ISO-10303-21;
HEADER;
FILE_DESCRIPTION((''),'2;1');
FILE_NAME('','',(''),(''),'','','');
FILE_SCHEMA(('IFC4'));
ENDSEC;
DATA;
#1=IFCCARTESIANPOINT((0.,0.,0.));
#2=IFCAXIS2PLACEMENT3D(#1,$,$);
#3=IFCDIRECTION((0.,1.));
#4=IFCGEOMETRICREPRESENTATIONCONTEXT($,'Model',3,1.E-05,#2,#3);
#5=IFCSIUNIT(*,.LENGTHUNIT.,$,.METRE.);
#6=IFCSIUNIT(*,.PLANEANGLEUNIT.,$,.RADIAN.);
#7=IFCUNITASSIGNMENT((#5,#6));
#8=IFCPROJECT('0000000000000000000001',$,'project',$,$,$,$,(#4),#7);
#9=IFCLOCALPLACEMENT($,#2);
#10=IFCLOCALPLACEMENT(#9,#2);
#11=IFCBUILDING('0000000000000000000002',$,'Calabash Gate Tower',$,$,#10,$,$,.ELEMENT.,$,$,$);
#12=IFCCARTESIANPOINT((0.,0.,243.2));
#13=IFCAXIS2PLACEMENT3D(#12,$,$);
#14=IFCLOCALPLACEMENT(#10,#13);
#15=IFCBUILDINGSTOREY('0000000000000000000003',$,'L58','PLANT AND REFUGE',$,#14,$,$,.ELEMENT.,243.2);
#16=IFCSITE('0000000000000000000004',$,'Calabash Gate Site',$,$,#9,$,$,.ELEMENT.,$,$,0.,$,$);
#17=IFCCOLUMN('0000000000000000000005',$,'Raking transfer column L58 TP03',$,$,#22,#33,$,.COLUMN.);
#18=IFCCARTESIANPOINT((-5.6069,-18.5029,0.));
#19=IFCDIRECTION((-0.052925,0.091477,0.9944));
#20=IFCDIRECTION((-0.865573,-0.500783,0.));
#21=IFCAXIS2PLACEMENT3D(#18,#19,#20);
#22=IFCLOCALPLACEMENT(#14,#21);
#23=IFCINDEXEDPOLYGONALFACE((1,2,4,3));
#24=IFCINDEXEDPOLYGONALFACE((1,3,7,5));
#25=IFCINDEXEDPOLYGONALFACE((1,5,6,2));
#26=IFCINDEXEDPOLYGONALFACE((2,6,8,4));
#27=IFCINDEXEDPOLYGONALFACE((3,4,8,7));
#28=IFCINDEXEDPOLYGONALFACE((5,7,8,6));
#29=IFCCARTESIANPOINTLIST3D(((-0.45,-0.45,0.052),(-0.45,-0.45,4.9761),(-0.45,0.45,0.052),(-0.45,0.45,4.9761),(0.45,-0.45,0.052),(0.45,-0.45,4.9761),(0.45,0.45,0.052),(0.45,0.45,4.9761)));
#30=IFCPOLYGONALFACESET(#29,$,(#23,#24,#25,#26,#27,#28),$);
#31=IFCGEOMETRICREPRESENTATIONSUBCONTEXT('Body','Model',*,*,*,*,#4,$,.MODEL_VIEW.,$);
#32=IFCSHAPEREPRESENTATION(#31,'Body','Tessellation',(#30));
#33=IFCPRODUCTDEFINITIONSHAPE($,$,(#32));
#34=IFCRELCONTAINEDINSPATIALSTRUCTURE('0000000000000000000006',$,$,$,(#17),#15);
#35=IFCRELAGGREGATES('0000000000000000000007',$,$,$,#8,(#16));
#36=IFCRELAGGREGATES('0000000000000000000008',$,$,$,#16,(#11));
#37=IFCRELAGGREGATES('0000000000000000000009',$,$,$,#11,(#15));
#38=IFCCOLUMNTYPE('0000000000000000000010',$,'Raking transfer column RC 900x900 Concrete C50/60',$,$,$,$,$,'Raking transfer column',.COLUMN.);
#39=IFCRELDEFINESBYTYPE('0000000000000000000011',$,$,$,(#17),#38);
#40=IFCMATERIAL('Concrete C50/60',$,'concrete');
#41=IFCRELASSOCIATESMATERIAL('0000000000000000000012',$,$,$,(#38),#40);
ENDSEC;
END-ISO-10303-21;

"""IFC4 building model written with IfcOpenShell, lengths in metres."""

from ifc_helpers import new_model, si_unit, direction, frame, origin, origin_2d, place, context, subcontext, project, spatial, rectangle, extrude, clip, halfspace, material, material_profile, profile_set, type_object, element, save


model = new_model("IFC4")

# Units and contexts
model_context = context("Model", 3, precision=1e-05, world=origin(), true_north=direction((0.0, 1.0)))
body_context = subcontext(model_context, "Body", "Model", "MODEL_VIEW")
ifc_project = project(units=[si_unit("LENGTHUNIT", "METRE"), si_unit("PLANEANGLEUNIT", "RADIAN")], contexts=[model_context])

# Site, building, storey
site_placement = place(None, origin())
site = spatial("IfcSite", under=ifc_project, at=site_placement, Name="Calabash Gate Site", CompositionType="ELEMENT", RefElevation=0.0)
building_placement = place(site_placement, origin())
building = spatial("IfcBuilding", under=site, at=building_placement, Name="Calabash Gate Tower", CompositionType="ELEMENT")
storey_placement = place(building_placement, frame((0.0, 0.0, 243.2)))
storey = spatial("IfcBuildingStorey", under=building, at=storey_placement, Name="L58", Description="PLANT AND REFUGE", CompositionType="ELEMENT", Elevation=243.2)

# Column
ifc_material_1 = material(Name="Concrete C50/60", Category="concrete")
ifc_material_profile_1 = material_profile(ifc_material_1, rectangle(XDim=0.8999, YDim=0.8999, at=origin_2d()))
ifc_profile_set_1 = profile_set([ifc_material_profile_1], Name="Concrete C50/60")
column_type = type_object("IfcColumnType", Name="Raking transfer column RC 900x900 Concrete C50/60", ElementType="Raking transfer column", PredefinedType="COLUMN", material=ifc_profile_set_1)
column_placement = place(storey_placement, frame((-5.6069, -18.5029, 0.0), z_axis=(-0.052925, 0.091477, 0.9944), x_axis=(-0.865573, -0.500783, 0.0)))
element("IfcColumn", 1, at=column_placement, inside=storey, type_object=column_type, Name="Raking transfer column L58 TP03", PredefinedType="COLUMN", context=body_context, shape_type="Clipping", body=[
    clip(clip(extrude(rectangle(XDim=0.8999, YDim=0.8999, at=origin_2d()), origin(), (0.0, 0.0, 1.0), 5.0281), halfspace(frame((0.0, 0.0, 0.052), z_axis=(0.0, 0.0, 1.0), x_axis=(1.0, 0.0, 0.0)), True)), halfspace(frame((0.0, 0.0, 4.9761), z_axis=(0.0, 0.0, 1.0), x_axis=(1.0, 0.0, 0.0)), False)),
])

save(model, "model.ifc")
